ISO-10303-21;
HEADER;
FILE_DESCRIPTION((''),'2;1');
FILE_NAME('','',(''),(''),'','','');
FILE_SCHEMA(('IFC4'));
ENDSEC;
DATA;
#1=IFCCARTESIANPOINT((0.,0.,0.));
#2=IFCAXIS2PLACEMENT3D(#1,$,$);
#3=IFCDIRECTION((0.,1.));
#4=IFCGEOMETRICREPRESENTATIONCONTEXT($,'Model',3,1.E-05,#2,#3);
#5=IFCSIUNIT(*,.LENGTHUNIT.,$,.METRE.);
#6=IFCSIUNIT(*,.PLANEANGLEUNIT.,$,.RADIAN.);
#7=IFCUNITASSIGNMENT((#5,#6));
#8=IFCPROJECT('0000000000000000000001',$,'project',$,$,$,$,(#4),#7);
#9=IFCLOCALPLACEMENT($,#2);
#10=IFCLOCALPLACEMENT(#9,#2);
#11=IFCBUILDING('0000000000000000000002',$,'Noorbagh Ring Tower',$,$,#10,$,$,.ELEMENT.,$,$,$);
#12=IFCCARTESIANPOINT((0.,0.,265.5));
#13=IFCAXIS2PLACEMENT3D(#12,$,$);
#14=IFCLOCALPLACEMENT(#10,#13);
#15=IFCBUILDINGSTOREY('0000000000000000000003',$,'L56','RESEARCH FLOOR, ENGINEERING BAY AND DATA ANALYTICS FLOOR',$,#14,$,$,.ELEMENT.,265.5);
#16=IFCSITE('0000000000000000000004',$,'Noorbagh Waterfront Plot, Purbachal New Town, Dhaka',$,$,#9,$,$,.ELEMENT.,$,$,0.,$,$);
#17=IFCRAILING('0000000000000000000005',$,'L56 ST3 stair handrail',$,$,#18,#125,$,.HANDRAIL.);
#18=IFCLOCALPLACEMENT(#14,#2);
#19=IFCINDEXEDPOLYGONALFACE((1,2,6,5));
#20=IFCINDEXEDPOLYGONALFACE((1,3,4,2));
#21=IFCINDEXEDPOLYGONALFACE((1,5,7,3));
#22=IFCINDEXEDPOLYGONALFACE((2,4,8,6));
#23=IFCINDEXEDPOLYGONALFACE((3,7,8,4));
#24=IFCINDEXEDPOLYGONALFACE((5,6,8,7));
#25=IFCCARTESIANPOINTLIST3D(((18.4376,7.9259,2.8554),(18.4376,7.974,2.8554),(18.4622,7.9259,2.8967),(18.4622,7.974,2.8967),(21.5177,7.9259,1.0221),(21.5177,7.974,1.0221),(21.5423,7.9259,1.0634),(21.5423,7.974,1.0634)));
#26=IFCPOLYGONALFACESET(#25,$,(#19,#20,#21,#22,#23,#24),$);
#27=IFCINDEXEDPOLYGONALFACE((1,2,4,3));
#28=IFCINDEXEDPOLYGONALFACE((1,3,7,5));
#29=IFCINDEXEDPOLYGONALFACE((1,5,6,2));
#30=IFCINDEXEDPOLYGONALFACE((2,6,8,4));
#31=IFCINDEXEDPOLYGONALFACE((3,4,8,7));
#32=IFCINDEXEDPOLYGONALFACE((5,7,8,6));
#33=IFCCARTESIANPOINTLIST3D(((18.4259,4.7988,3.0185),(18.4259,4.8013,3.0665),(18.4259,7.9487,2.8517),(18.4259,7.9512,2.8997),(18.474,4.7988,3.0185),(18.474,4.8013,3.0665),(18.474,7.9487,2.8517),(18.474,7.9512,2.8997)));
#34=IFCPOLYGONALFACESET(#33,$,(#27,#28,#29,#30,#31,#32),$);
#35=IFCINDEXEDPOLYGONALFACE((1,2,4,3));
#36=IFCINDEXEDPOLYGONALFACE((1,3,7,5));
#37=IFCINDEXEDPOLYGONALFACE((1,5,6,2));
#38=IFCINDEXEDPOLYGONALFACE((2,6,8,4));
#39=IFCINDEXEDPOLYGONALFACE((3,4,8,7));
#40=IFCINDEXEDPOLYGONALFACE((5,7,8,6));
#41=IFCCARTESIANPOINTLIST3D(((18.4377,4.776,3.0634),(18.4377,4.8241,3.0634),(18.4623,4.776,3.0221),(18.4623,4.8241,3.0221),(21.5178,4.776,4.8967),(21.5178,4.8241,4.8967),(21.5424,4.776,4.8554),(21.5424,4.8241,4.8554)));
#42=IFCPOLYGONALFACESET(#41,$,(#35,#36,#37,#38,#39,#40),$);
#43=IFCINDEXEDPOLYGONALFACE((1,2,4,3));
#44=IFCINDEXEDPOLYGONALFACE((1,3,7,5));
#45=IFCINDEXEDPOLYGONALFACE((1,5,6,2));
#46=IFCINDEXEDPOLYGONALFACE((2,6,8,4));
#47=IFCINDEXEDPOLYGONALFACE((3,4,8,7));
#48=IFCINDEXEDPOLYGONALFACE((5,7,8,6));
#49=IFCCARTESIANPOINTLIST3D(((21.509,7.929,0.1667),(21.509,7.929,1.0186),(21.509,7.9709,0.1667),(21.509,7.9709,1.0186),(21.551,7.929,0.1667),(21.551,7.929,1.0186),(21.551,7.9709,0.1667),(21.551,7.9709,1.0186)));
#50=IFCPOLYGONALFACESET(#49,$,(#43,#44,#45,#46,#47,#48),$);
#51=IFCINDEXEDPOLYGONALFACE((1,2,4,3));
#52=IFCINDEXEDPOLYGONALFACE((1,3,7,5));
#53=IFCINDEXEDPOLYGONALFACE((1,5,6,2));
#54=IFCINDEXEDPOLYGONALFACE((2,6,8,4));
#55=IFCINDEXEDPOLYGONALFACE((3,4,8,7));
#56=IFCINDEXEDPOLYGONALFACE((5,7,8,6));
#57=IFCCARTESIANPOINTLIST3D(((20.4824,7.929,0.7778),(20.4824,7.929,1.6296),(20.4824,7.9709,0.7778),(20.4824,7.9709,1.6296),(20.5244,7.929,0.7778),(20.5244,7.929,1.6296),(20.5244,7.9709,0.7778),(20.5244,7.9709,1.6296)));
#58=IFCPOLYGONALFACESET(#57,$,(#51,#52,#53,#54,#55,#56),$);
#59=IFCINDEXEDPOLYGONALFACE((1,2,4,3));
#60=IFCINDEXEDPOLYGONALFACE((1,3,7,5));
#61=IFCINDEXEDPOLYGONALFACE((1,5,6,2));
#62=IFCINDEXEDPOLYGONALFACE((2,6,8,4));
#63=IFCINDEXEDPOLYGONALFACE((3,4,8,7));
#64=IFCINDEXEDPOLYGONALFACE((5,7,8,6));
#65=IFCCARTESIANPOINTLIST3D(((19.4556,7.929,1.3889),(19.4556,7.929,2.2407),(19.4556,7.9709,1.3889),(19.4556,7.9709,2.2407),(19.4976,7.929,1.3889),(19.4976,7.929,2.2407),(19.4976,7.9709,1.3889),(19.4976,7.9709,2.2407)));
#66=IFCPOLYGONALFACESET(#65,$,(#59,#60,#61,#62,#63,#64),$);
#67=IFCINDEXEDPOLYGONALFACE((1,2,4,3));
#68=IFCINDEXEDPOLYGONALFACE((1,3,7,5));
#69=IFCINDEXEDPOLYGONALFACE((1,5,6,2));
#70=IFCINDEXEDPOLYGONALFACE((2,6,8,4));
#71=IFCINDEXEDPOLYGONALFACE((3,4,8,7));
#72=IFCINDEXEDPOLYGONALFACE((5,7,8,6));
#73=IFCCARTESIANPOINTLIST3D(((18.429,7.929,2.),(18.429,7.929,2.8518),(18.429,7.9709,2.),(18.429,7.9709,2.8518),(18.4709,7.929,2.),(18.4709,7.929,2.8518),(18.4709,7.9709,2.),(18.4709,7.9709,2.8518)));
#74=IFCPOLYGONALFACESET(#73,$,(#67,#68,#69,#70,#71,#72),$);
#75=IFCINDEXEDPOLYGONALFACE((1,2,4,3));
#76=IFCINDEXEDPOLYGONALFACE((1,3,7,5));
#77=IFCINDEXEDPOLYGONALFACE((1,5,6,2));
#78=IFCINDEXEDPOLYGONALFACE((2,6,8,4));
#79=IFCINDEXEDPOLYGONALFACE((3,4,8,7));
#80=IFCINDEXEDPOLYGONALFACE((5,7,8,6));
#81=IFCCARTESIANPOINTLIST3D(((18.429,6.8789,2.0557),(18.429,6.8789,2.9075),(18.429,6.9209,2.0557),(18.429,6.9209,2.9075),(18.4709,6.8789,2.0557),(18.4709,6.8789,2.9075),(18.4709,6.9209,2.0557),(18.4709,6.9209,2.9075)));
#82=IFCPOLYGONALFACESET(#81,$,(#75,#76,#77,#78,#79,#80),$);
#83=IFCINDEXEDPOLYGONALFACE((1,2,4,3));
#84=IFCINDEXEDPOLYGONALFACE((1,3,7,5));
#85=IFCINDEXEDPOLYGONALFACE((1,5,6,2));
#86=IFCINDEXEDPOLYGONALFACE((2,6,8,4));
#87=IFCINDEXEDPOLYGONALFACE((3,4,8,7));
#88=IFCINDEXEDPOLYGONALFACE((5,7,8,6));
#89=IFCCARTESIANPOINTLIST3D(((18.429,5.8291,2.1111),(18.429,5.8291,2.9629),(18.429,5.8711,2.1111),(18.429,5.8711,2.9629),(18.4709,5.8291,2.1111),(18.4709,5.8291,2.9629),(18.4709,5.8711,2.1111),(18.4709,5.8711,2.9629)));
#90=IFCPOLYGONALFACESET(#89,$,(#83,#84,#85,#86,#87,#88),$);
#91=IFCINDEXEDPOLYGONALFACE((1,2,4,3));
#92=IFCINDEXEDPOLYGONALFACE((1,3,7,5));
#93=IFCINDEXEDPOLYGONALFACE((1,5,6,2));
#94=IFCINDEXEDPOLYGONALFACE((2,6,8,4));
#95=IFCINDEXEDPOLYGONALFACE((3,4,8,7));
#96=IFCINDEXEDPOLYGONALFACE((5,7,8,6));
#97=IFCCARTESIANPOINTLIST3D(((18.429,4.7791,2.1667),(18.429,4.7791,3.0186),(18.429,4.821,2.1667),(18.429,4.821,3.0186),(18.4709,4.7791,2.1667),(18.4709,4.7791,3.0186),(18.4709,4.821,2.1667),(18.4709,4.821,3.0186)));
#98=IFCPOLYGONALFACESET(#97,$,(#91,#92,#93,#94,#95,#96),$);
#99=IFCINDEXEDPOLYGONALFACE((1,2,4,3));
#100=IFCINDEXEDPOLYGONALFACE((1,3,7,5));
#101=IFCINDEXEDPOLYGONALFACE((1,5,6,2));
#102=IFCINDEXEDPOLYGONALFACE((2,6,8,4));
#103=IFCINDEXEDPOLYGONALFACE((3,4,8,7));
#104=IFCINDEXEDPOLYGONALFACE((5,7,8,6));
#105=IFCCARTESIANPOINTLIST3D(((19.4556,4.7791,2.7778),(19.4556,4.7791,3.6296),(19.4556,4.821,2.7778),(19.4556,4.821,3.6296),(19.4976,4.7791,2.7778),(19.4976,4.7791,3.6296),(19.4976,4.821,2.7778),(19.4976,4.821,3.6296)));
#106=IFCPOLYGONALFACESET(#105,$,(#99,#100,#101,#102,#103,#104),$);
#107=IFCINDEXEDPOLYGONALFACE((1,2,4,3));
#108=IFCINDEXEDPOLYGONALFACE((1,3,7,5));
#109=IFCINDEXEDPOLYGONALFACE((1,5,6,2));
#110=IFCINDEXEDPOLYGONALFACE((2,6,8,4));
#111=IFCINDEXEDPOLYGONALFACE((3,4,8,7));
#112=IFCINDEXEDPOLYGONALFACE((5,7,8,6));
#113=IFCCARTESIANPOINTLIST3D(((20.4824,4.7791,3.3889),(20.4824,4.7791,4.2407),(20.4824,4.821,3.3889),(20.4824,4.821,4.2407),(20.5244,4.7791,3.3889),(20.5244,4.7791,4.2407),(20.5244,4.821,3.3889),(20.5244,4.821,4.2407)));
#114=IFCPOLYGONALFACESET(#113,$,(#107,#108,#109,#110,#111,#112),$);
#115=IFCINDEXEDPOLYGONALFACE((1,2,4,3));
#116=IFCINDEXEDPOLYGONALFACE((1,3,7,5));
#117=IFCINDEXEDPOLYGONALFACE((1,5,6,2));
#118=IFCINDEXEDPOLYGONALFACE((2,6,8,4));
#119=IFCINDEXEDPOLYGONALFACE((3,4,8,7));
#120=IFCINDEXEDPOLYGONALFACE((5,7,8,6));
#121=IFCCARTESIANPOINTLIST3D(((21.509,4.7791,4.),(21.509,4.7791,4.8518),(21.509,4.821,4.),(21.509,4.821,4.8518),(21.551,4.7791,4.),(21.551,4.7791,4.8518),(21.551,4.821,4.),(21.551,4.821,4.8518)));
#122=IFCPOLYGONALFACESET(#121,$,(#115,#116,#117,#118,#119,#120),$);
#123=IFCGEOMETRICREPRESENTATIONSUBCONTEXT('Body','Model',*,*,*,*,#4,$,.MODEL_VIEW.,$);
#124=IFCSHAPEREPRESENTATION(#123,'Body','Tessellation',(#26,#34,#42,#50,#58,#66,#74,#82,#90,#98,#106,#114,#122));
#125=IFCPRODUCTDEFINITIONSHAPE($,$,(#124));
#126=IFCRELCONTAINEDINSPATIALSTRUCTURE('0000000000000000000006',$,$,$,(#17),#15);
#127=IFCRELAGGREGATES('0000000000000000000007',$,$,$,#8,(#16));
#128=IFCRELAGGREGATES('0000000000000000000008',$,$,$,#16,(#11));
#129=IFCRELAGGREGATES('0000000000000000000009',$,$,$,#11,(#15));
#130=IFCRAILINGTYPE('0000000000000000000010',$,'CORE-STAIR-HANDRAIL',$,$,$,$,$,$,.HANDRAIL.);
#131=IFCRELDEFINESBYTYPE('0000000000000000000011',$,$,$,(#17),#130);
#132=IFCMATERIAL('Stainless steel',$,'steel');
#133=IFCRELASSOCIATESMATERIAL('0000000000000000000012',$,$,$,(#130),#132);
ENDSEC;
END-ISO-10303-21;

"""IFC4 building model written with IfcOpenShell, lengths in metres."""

from ifc_helpers import new_model, si_unit, direction, frame, origin, origin_2d, place, context, subcontext, project, spatial, rectangle, extrude, material, type_object, element, save


model = new_model("IFC4")

# Units and contexts
model_context = context("Model", 3, precision=1e-05, world=origin(), true_north=direction((0.0, 1.0)))
body_context = subcontext(model_context, "Body", "Model", "MODEL_VIEW")
ifc_project = project(units=[si_unit("LENGTHUNIT", "METRE"), si_unit("PLANEANGLEUNIT", "RADIAN")], contexts=[model_context])

# Site, building, storey
site_placement = place(None, origin())
site = spatial("IfcSite", under=ifc_project, at=site_placement, Name="Noorbagh Waterfront Plot, Purbachal New Town, Dhaka", CompositionType="ELEMENT", RefElevation=0.0)
building_placement = place(site_placement, origin())
building = spatial("IfcBuilding", under=site, at=building_placement, Name="Noorbagh Ring Tower", CompositionType="ELEMENT")
storey_placement = place(building_placement, frame((0.0, 0.0, 265.5)))
storey = spatial("IfcBuildingStorey", under=building, at=storey_placement, Name="L56", Description="RESEARCH FLOOR, ENGINEERING BAY AND DATA ANALYTICS FLOOR", CompositionType="ELEMENT", Elevation=265.5)

# Railing
ifc_material_1 = material(Name="Stainless steel", Category="steel")
railing_type_1 = type_object("IfcRailingType", Name="CORE-STAIR-HANDRAIL", PredefinedType="HANDRAIL", material=ifc_material_1)
railing_1_placement = place(storey_placement, frame((21.53, 7.95, 0.1667)))
element("IfcRailing", 1, at=railing_1_placement, inside=storey, type_object=railing_type_1, Name="L56 ST3 stair handrail", PredefinedType="HANDRAIL", context=body_context, shape_type="SweptSolid", body=[
    extrude(rectangle(XDim=0.0481, YDim=0.0481, at=origin_2d()), frame((0.0, 0.0, 0.876), z_axis=(-0.859309, 0.0, 0.511458), x_axis=(0.0, -1.0, 0.0)), (0.0, 0.0, 1.0), 3.5845),
    extrude(rectangle(XDim=0.0481, YDim=0.0481, at=origin_2d()), frame((-3.0801, 0.0, 2.709), z_axis=(0.0, -0.998602, 0.052864), x_axis=(1.0, 0.0, 0.0)), (0.0, 0.0, 1.0), 3.1543),
    extrude(rectangle(XDim=0.0481, YDim=0.0481, at=origin_2d()), frame((-3.0801, -3.1499, 2.876), z_axis=(0.859309, 0.0, 0.511458), x_axis=(0.0, 1.0, 0.0)), (0.0, 0.0, 1.0), 3.5845),
    extrude(rectangle(XDim=0.042, YDim=0.042, at=origin_2d()), origin(), (0.0, 0.0, 1.0), 0.8518),
    extrude(rectangle(XDim=0.042, YDim=0.042, at=origin_2d()), frame((-1.0266, 0.0, 0.6111)), (0.0, 0.0, 1.0), 0.8518),
    extrude(rectangle(XDim=0.042, YDim=0.042, at=origin_2d()), frame((-2.0535, 0.0, 1.2222)), (0.0, 0.0, 1.0), 0.8518),
    extrude(rectangle(XDim=0.042, YDim=0.042, at=origin_2d()), frame((-3.0801, 0.0, 1.8333)), (0.0, 0.0, 1.0), 0.8518),
    extrude(rectangle(XDim=0.042, YDim=0.042, at=origin_2d()), frame((-3.0801, -1.05, 1.8889)), (0.0, 0.0, 1.0), 0.8518),
    extrude(rectangle(XDim=0.042, YDim=0.042, at=origin_2d()), frame((-3.0801, -2.0999, 1.9443)), (0.0, 0.0, 1.0), 0.8518),
    extrude(rectangle(XDim=0.042, YDim=0.042, at=origin_2d()), frame((-3.0801, -3.1499, 2.0)), (0.0, 0.0, 1.0), 0.8518),
    extrude(rectangle(XDim=0.042, YDim=0.042, at=origin_2d()), frame((-2.0535, -3.1499, 2.6111)), (0.0, 0.0, 1.0), 0.8518),
    extrude(rectangle(XDim=0.042, YDim=0.042, at=origin_2d()), frame((-1.0266, -3.1499, 3.2222)), (0.0, 0.0, 1.0), 0.8518),
    extrude(rectangle(XDim=0.042, YDim=0.042, at=origin_2d()), frame((0.0, -3.1499, 3.8333)), (0.0, 0.0, 1.0), 0.8518),
])

save(model, "model.ifc")
